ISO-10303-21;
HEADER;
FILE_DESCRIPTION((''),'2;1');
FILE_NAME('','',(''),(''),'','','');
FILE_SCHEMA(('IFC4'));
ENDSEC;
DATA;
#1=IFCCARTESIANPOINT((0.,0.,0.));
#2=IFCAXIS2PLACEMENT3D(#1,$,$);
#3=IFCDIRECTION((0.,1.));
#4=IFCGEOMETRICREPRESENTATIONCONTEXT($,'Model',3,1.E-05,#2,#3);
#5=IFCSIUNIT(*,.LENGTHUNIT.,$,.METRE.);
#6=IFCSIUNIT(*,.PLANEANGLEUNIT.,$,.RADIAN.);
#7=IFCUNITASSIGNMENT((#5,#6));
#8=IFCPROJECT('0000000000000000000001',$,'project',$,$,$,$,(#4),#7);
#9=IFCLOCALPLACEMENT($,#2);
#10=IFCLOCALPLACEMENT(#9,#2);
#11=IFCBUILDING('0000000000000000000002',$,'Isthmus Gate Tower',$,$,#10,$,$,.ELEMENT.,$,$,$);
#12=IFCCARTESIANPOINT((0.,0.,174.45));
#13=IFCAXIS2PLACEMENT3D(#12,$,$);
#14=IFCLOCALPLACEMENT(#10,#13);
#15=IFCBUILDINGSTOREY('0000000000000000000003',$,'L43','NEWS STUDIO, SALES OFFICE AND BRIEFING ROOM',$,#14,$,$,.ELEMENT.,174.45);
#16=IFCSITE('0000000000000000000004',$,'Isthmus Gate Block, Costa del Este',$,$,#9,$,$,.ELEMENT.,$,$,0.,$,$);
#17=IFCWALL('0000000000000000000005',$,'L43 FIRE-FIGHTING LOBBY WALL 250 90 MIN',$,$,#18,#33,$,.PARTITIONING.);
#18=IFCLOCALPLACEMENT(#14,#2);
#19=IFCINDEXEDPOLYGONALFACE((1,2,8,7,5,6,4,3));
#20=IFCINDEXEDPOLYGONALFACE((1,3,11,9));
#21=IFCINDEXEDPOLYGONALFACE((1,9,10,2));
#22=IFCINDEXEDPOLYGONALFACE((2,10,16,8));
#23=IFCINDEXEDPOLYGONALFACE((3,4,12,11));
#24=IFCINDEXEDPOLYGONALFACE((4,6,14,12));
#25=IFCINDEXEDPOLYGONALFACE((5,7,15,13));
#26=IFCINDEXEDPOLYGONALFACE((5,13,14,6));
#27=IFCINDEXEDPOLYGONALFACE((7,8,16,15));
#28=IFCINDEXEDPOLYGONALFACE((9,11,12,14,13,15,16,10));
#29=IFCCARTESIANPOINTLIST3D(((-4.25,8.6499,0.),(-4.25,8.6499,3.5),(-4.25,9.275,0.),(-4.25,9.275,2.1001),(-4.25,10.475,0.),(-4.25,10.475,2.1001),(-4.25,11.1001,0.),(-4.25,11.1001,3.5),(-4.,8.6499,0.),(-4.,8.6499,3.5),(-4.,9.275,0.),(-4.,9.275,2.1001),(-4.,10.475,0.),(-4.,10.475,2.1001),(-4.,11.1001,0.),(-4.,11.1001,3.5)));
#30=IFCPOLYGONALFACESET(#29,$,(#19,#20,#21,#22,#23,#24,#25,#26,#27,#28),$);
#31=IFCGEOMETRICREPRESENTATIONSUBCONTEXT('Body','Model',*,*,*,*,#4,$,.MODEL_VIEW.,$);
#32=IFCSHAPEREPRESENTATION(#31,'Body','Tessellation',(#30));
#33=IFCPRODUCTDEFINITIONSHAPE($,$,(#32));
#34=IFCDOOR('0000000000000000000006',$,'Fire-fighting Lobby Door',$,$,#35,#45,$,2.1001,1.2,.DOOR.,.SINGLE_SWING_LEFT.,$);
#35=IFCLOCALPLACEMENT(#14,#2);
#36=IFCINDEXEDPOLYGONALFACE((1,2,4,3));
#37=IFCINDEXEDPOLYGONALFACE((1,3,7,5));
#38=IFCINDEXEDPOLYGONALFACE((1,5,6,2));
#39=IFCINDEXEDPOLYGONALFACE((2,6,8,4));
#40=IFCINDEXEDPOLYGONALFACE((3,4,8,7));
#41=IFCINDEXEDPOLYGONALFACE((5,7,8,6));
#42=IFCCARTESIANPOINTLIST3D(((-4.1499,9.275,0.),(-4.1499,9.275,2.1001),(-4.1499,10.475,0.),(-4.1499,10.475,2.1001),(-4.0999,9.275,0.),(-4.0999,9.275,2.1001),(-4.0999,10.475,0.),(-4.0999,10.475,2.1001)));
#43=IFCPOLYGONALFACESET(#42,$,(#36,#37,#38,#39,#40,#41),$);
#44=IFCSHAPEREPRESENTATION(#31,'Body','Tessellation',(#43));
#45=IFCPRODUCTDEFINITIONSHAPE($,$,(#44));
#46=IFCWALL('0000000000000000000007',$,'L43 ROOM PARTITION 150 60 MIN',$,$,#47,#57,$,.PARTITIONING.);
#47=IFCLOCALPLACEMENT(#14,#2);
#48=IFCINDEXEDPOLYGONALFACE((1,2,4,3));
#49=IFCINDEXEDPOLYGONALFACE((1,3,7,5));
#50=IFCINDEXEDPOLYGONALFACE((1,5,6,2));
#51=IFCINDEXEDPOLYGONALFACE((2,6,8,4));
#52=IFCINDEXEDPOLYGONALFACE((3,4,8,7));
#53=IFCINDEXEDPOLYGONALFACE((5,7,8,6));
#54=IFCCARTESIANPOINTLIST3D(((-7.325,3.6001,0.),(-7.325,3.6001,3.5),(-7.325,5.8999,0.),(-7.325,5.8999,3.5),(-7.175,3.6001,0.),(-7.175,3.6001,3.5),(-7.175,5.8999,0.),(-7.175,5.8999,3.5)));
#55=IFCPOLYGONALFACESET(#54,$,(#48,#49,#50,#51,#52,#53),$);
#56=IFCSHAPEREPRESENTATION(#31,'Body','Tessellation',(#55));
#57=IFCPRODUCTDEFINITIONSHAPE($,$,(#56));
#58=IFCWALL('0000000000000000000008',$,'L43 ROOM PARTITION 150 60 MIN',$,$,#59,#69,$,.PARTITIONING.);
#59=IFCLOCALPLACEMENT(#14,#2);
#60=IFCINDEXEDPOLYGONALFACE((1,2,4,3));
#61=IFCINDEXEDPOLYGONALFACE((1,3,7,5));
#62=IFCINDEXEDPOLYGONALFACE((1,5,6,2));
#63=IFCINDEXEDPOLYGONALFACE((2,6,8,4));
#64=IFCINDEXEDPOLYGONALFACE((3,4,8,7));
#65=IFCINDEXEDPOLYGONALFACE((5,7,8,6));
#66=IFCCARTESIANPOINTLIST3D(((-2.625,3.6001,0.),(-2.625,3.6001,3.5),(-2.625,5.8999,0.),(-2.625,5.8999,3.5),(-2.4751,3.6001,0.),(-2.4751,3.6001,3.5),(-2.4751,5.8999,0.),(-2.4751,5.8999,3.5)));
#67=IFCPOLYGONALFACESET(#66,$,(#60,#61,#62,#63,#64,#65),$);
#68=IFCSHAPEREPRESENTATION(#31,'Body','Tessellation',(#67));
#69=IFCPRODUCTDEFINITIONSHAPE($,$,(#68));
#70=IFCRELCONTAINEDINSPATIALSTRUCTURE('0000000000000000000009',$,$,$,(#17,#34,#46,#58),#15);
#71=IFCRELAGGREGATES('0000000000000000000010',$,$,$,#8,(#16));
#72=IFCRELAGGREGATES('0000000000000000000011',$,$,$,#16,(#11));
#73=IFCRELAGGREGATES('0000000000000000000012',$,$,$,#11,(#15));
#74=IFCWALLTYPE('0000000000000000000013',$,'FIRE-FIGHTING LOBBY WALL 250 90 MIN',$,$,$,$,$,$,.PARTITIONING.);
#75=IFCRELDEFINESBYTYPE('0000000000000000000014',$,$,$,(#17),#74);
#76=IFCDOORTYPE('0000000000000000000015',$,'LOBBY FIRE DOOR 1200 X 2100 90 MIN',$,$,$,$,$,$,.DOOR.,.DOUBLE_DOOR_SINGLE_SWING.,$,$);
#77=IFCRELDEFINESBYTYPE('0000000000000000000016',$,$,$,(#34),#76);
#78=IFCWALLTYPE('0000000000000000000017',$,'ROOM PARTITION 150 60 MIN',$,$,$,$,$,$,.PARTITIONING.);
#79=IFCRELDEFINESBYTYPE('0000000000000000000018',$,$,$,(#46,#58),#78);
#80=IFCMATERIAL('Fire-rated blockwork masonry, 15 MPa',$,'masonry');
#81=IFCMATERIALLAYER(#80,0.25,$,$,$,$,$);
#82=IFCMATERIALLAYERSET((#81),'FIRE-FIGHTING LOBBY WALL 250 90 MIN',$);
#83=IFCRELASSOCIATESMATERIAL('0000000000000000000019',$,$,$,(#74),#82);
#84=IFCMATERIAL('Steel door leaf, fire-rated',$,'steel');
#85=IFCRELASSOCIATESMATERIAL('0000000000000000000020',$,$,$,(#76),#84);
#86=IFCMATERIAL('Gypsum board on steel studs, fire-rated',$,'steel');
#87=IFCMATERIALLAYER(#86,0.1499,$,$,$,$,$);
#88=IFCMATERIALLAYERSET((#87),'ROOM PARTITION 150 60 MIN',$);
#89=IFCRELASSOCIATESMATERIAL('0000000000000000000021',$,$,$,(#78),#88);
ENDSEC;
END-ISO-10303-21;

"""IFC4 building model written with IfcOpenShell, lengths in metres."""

from ifc_helpers import new_model, si_unit, direction, frame, frame_2d, origin, place, context, subcontext, project, spatial, rectangle, extrude, material, layer, layer_set, type_object, element, fill, save


model = new_model("IFC4")

# Units and contexts
model_context = context("Model", 3, precision=1e-05, world=origin(), true_north=direction((0.0, 1.0)))
body_context = subcontext(model_context, "Body", "Model", "MODEL_VIEW")
ifc_project = project(units=[si_unit("LENGTHUNIT", "METRE"), si_unit("PLANEANGLEUNIT", "RADIAN")], contexts=[model_context])

# Site, building, storey
site_placement = place(None, origin())
site = spatial("IfcSite", under=ifc_project, at=site_placement, Name="Isthmus Gate Block, Costa del Este", CompositionType="ELEMENT", RefElevation=0.0)
building_placement = place(site_placement, origin())
building = spatial("IfcBuilding", under=site, at=building_placement, Name="Isthmus Gate Tower", CompositionType="ELEMENT")
storey_placement = place(building_placement, frame((0.0, 0.0, 174.45)))
storey = spatial("IfcBuildingStorey", under=building, at=storey_placement, Name="L43", Description="NEWS STUDIO, SALES OFFICE AND BRIEFING ROOM", CompositionType="ELEMENT", Elevation=174.45)

# Wall, opening, door
ifc_material_1 = material(Name="Fire-rated blockwork masonry, 15 MPa", Category="masonry")
ifc_layer_1 = layer(ifc_material_1, 0.25)
ifc_layer_set_1 = layer_set([ifc_layer_1], Name="FIRE-FIGHTING LOBBY WALL 250 90 MIN")
wall_type_1 = type_object("IfcWallType", Name="FIRE-FIGHTING LOBBY WALL 250 90 MIN", PredefinedType="PARTITIONING", material=ifc_layer_set_1)
wall_1_placement = place(storey_placement, frame((-4.125, 8.6499, 0.0), z_axis=(0.0, 0.0, 1.0), x_axis=(0.0, 1.0, 0.0)))
wall_1 = element("IfcWall", 1, at=wall_1_placement, inside=storey, type_object=wall_type_1, Name="L43 FIRE-FIGHTING LOBBY WALL 250 90 MIN", PredefinedType="PARTITIONING", context=body_context, shape_type="SweptSolid", body=[
    extrude(rectangle(XDim=2.4502, YDim=0.25, at=frame_2d((1.2251, 0.0))), origin(), (0.0, 0.0, 1.0), 3.5),
])
opening_1_placement = place(wall_1_placement, frame((0.625, 0.0, 0.0)))
opening_1 = element("IfcOpeningElement", 2, at=opening_1_placement, cuts=wall_1, PredefinedType="OPENING", context=body_context, shape_type="SweptSolid", body=[
    extrude(rectangle(XDim=1.2, YDim=2.1001, at=frame_2d((0.6001, 1.05))), frame((0.0, 0.135, 0.0), z_axis=(0.0, -1.0, 0.0), x_axis=(1.0, 0.0, 0.0)), (0.0, 0.0, 1.0), 0.27),
])
ifc_material_2 = material(Name="Steel door leaf, fire-rated", Category="steel")
door_type_1 = type_object("IfcDoorType", Name="LOBBY FIRE DOOR 1200 X 2100 90 MIN", OperationType="DOUBLE_DOOR_SINGLE_SWING", PredefinedType="DOOR", material=ifc_material_2)
door_1_placement = place(opening_1_placement, origin())
door_1 = element("IfcDoor", 3, at=door_1_placement, inside=storey, type_object=door_type_1, Name="Fire-fighting Lobby Door", OperationType="SINGLE_SWING_LEFT", OverallHeight=2.1001, OverallWidth=1.2, PredefinedType="DOOR", context=body_context, shape_type="SweptSolid", body=[
    extrude(rectangle(XDim=1.2, YDim=2.1001, at=frame_2d((0.6001, 1.05))), frame((0.0, 0.0249, 0.0), z_axis=(0.0, -1.0, 0.0), x_axis=(1.0, 0.0, 0.0)), (0.0, 0.0, 1.0), 0.05),
])
fill(opening_1, door_1)

# Walls
ifc_material_3 = material(Name="Gypsum board on steel studs, fire-rated", Category="steel")
ifc_layer_2 = layer(ifc_material_3, 0.1499)
ifc_layer_set_2 = layer_set([ifc_layer_2], Name="ROOM PARTITION 150 60 MIN")
wall_type_2 = type_object("IfcWallType", Name="ROOM PARTITION 150 60 MIN", PredefinedType="PARTITIONING", material=ifc_layer_set_2)
for number, where, z_axis, x_axis, name in (
    (4, (-7.25, 3.6001, 0.0), (0.0, 0.0, 1.0), (0.0, 1.0, 0.0), "L43 ROOM PARTITION 150 60 MIN"),
    (5, (-2.55, 3.6001, 0.0), (0.0, 0.0, 1.0), (0.0, 1.0, 0.0), "L43 ROOM PARTITION 150 60 MIN"),
):
    element("IfcWall", number, at=place(storey_placement, frame(where, z_axis=z_axis, x_axis=x_axis)), inside=storey, type_object=wall_type_2, Name=name, PredefinedType="PARTITIONING", context=body_context, shape_type="SweptSolid", body=[
        extrude(rectangle(XDim=2.2998, YDim=0.1499, at=frame_2d((1.1499, 0.0))), origin(), (0.0, 0.0, 1.0), 3.5),
    ])

save(model, "model.ifc")
